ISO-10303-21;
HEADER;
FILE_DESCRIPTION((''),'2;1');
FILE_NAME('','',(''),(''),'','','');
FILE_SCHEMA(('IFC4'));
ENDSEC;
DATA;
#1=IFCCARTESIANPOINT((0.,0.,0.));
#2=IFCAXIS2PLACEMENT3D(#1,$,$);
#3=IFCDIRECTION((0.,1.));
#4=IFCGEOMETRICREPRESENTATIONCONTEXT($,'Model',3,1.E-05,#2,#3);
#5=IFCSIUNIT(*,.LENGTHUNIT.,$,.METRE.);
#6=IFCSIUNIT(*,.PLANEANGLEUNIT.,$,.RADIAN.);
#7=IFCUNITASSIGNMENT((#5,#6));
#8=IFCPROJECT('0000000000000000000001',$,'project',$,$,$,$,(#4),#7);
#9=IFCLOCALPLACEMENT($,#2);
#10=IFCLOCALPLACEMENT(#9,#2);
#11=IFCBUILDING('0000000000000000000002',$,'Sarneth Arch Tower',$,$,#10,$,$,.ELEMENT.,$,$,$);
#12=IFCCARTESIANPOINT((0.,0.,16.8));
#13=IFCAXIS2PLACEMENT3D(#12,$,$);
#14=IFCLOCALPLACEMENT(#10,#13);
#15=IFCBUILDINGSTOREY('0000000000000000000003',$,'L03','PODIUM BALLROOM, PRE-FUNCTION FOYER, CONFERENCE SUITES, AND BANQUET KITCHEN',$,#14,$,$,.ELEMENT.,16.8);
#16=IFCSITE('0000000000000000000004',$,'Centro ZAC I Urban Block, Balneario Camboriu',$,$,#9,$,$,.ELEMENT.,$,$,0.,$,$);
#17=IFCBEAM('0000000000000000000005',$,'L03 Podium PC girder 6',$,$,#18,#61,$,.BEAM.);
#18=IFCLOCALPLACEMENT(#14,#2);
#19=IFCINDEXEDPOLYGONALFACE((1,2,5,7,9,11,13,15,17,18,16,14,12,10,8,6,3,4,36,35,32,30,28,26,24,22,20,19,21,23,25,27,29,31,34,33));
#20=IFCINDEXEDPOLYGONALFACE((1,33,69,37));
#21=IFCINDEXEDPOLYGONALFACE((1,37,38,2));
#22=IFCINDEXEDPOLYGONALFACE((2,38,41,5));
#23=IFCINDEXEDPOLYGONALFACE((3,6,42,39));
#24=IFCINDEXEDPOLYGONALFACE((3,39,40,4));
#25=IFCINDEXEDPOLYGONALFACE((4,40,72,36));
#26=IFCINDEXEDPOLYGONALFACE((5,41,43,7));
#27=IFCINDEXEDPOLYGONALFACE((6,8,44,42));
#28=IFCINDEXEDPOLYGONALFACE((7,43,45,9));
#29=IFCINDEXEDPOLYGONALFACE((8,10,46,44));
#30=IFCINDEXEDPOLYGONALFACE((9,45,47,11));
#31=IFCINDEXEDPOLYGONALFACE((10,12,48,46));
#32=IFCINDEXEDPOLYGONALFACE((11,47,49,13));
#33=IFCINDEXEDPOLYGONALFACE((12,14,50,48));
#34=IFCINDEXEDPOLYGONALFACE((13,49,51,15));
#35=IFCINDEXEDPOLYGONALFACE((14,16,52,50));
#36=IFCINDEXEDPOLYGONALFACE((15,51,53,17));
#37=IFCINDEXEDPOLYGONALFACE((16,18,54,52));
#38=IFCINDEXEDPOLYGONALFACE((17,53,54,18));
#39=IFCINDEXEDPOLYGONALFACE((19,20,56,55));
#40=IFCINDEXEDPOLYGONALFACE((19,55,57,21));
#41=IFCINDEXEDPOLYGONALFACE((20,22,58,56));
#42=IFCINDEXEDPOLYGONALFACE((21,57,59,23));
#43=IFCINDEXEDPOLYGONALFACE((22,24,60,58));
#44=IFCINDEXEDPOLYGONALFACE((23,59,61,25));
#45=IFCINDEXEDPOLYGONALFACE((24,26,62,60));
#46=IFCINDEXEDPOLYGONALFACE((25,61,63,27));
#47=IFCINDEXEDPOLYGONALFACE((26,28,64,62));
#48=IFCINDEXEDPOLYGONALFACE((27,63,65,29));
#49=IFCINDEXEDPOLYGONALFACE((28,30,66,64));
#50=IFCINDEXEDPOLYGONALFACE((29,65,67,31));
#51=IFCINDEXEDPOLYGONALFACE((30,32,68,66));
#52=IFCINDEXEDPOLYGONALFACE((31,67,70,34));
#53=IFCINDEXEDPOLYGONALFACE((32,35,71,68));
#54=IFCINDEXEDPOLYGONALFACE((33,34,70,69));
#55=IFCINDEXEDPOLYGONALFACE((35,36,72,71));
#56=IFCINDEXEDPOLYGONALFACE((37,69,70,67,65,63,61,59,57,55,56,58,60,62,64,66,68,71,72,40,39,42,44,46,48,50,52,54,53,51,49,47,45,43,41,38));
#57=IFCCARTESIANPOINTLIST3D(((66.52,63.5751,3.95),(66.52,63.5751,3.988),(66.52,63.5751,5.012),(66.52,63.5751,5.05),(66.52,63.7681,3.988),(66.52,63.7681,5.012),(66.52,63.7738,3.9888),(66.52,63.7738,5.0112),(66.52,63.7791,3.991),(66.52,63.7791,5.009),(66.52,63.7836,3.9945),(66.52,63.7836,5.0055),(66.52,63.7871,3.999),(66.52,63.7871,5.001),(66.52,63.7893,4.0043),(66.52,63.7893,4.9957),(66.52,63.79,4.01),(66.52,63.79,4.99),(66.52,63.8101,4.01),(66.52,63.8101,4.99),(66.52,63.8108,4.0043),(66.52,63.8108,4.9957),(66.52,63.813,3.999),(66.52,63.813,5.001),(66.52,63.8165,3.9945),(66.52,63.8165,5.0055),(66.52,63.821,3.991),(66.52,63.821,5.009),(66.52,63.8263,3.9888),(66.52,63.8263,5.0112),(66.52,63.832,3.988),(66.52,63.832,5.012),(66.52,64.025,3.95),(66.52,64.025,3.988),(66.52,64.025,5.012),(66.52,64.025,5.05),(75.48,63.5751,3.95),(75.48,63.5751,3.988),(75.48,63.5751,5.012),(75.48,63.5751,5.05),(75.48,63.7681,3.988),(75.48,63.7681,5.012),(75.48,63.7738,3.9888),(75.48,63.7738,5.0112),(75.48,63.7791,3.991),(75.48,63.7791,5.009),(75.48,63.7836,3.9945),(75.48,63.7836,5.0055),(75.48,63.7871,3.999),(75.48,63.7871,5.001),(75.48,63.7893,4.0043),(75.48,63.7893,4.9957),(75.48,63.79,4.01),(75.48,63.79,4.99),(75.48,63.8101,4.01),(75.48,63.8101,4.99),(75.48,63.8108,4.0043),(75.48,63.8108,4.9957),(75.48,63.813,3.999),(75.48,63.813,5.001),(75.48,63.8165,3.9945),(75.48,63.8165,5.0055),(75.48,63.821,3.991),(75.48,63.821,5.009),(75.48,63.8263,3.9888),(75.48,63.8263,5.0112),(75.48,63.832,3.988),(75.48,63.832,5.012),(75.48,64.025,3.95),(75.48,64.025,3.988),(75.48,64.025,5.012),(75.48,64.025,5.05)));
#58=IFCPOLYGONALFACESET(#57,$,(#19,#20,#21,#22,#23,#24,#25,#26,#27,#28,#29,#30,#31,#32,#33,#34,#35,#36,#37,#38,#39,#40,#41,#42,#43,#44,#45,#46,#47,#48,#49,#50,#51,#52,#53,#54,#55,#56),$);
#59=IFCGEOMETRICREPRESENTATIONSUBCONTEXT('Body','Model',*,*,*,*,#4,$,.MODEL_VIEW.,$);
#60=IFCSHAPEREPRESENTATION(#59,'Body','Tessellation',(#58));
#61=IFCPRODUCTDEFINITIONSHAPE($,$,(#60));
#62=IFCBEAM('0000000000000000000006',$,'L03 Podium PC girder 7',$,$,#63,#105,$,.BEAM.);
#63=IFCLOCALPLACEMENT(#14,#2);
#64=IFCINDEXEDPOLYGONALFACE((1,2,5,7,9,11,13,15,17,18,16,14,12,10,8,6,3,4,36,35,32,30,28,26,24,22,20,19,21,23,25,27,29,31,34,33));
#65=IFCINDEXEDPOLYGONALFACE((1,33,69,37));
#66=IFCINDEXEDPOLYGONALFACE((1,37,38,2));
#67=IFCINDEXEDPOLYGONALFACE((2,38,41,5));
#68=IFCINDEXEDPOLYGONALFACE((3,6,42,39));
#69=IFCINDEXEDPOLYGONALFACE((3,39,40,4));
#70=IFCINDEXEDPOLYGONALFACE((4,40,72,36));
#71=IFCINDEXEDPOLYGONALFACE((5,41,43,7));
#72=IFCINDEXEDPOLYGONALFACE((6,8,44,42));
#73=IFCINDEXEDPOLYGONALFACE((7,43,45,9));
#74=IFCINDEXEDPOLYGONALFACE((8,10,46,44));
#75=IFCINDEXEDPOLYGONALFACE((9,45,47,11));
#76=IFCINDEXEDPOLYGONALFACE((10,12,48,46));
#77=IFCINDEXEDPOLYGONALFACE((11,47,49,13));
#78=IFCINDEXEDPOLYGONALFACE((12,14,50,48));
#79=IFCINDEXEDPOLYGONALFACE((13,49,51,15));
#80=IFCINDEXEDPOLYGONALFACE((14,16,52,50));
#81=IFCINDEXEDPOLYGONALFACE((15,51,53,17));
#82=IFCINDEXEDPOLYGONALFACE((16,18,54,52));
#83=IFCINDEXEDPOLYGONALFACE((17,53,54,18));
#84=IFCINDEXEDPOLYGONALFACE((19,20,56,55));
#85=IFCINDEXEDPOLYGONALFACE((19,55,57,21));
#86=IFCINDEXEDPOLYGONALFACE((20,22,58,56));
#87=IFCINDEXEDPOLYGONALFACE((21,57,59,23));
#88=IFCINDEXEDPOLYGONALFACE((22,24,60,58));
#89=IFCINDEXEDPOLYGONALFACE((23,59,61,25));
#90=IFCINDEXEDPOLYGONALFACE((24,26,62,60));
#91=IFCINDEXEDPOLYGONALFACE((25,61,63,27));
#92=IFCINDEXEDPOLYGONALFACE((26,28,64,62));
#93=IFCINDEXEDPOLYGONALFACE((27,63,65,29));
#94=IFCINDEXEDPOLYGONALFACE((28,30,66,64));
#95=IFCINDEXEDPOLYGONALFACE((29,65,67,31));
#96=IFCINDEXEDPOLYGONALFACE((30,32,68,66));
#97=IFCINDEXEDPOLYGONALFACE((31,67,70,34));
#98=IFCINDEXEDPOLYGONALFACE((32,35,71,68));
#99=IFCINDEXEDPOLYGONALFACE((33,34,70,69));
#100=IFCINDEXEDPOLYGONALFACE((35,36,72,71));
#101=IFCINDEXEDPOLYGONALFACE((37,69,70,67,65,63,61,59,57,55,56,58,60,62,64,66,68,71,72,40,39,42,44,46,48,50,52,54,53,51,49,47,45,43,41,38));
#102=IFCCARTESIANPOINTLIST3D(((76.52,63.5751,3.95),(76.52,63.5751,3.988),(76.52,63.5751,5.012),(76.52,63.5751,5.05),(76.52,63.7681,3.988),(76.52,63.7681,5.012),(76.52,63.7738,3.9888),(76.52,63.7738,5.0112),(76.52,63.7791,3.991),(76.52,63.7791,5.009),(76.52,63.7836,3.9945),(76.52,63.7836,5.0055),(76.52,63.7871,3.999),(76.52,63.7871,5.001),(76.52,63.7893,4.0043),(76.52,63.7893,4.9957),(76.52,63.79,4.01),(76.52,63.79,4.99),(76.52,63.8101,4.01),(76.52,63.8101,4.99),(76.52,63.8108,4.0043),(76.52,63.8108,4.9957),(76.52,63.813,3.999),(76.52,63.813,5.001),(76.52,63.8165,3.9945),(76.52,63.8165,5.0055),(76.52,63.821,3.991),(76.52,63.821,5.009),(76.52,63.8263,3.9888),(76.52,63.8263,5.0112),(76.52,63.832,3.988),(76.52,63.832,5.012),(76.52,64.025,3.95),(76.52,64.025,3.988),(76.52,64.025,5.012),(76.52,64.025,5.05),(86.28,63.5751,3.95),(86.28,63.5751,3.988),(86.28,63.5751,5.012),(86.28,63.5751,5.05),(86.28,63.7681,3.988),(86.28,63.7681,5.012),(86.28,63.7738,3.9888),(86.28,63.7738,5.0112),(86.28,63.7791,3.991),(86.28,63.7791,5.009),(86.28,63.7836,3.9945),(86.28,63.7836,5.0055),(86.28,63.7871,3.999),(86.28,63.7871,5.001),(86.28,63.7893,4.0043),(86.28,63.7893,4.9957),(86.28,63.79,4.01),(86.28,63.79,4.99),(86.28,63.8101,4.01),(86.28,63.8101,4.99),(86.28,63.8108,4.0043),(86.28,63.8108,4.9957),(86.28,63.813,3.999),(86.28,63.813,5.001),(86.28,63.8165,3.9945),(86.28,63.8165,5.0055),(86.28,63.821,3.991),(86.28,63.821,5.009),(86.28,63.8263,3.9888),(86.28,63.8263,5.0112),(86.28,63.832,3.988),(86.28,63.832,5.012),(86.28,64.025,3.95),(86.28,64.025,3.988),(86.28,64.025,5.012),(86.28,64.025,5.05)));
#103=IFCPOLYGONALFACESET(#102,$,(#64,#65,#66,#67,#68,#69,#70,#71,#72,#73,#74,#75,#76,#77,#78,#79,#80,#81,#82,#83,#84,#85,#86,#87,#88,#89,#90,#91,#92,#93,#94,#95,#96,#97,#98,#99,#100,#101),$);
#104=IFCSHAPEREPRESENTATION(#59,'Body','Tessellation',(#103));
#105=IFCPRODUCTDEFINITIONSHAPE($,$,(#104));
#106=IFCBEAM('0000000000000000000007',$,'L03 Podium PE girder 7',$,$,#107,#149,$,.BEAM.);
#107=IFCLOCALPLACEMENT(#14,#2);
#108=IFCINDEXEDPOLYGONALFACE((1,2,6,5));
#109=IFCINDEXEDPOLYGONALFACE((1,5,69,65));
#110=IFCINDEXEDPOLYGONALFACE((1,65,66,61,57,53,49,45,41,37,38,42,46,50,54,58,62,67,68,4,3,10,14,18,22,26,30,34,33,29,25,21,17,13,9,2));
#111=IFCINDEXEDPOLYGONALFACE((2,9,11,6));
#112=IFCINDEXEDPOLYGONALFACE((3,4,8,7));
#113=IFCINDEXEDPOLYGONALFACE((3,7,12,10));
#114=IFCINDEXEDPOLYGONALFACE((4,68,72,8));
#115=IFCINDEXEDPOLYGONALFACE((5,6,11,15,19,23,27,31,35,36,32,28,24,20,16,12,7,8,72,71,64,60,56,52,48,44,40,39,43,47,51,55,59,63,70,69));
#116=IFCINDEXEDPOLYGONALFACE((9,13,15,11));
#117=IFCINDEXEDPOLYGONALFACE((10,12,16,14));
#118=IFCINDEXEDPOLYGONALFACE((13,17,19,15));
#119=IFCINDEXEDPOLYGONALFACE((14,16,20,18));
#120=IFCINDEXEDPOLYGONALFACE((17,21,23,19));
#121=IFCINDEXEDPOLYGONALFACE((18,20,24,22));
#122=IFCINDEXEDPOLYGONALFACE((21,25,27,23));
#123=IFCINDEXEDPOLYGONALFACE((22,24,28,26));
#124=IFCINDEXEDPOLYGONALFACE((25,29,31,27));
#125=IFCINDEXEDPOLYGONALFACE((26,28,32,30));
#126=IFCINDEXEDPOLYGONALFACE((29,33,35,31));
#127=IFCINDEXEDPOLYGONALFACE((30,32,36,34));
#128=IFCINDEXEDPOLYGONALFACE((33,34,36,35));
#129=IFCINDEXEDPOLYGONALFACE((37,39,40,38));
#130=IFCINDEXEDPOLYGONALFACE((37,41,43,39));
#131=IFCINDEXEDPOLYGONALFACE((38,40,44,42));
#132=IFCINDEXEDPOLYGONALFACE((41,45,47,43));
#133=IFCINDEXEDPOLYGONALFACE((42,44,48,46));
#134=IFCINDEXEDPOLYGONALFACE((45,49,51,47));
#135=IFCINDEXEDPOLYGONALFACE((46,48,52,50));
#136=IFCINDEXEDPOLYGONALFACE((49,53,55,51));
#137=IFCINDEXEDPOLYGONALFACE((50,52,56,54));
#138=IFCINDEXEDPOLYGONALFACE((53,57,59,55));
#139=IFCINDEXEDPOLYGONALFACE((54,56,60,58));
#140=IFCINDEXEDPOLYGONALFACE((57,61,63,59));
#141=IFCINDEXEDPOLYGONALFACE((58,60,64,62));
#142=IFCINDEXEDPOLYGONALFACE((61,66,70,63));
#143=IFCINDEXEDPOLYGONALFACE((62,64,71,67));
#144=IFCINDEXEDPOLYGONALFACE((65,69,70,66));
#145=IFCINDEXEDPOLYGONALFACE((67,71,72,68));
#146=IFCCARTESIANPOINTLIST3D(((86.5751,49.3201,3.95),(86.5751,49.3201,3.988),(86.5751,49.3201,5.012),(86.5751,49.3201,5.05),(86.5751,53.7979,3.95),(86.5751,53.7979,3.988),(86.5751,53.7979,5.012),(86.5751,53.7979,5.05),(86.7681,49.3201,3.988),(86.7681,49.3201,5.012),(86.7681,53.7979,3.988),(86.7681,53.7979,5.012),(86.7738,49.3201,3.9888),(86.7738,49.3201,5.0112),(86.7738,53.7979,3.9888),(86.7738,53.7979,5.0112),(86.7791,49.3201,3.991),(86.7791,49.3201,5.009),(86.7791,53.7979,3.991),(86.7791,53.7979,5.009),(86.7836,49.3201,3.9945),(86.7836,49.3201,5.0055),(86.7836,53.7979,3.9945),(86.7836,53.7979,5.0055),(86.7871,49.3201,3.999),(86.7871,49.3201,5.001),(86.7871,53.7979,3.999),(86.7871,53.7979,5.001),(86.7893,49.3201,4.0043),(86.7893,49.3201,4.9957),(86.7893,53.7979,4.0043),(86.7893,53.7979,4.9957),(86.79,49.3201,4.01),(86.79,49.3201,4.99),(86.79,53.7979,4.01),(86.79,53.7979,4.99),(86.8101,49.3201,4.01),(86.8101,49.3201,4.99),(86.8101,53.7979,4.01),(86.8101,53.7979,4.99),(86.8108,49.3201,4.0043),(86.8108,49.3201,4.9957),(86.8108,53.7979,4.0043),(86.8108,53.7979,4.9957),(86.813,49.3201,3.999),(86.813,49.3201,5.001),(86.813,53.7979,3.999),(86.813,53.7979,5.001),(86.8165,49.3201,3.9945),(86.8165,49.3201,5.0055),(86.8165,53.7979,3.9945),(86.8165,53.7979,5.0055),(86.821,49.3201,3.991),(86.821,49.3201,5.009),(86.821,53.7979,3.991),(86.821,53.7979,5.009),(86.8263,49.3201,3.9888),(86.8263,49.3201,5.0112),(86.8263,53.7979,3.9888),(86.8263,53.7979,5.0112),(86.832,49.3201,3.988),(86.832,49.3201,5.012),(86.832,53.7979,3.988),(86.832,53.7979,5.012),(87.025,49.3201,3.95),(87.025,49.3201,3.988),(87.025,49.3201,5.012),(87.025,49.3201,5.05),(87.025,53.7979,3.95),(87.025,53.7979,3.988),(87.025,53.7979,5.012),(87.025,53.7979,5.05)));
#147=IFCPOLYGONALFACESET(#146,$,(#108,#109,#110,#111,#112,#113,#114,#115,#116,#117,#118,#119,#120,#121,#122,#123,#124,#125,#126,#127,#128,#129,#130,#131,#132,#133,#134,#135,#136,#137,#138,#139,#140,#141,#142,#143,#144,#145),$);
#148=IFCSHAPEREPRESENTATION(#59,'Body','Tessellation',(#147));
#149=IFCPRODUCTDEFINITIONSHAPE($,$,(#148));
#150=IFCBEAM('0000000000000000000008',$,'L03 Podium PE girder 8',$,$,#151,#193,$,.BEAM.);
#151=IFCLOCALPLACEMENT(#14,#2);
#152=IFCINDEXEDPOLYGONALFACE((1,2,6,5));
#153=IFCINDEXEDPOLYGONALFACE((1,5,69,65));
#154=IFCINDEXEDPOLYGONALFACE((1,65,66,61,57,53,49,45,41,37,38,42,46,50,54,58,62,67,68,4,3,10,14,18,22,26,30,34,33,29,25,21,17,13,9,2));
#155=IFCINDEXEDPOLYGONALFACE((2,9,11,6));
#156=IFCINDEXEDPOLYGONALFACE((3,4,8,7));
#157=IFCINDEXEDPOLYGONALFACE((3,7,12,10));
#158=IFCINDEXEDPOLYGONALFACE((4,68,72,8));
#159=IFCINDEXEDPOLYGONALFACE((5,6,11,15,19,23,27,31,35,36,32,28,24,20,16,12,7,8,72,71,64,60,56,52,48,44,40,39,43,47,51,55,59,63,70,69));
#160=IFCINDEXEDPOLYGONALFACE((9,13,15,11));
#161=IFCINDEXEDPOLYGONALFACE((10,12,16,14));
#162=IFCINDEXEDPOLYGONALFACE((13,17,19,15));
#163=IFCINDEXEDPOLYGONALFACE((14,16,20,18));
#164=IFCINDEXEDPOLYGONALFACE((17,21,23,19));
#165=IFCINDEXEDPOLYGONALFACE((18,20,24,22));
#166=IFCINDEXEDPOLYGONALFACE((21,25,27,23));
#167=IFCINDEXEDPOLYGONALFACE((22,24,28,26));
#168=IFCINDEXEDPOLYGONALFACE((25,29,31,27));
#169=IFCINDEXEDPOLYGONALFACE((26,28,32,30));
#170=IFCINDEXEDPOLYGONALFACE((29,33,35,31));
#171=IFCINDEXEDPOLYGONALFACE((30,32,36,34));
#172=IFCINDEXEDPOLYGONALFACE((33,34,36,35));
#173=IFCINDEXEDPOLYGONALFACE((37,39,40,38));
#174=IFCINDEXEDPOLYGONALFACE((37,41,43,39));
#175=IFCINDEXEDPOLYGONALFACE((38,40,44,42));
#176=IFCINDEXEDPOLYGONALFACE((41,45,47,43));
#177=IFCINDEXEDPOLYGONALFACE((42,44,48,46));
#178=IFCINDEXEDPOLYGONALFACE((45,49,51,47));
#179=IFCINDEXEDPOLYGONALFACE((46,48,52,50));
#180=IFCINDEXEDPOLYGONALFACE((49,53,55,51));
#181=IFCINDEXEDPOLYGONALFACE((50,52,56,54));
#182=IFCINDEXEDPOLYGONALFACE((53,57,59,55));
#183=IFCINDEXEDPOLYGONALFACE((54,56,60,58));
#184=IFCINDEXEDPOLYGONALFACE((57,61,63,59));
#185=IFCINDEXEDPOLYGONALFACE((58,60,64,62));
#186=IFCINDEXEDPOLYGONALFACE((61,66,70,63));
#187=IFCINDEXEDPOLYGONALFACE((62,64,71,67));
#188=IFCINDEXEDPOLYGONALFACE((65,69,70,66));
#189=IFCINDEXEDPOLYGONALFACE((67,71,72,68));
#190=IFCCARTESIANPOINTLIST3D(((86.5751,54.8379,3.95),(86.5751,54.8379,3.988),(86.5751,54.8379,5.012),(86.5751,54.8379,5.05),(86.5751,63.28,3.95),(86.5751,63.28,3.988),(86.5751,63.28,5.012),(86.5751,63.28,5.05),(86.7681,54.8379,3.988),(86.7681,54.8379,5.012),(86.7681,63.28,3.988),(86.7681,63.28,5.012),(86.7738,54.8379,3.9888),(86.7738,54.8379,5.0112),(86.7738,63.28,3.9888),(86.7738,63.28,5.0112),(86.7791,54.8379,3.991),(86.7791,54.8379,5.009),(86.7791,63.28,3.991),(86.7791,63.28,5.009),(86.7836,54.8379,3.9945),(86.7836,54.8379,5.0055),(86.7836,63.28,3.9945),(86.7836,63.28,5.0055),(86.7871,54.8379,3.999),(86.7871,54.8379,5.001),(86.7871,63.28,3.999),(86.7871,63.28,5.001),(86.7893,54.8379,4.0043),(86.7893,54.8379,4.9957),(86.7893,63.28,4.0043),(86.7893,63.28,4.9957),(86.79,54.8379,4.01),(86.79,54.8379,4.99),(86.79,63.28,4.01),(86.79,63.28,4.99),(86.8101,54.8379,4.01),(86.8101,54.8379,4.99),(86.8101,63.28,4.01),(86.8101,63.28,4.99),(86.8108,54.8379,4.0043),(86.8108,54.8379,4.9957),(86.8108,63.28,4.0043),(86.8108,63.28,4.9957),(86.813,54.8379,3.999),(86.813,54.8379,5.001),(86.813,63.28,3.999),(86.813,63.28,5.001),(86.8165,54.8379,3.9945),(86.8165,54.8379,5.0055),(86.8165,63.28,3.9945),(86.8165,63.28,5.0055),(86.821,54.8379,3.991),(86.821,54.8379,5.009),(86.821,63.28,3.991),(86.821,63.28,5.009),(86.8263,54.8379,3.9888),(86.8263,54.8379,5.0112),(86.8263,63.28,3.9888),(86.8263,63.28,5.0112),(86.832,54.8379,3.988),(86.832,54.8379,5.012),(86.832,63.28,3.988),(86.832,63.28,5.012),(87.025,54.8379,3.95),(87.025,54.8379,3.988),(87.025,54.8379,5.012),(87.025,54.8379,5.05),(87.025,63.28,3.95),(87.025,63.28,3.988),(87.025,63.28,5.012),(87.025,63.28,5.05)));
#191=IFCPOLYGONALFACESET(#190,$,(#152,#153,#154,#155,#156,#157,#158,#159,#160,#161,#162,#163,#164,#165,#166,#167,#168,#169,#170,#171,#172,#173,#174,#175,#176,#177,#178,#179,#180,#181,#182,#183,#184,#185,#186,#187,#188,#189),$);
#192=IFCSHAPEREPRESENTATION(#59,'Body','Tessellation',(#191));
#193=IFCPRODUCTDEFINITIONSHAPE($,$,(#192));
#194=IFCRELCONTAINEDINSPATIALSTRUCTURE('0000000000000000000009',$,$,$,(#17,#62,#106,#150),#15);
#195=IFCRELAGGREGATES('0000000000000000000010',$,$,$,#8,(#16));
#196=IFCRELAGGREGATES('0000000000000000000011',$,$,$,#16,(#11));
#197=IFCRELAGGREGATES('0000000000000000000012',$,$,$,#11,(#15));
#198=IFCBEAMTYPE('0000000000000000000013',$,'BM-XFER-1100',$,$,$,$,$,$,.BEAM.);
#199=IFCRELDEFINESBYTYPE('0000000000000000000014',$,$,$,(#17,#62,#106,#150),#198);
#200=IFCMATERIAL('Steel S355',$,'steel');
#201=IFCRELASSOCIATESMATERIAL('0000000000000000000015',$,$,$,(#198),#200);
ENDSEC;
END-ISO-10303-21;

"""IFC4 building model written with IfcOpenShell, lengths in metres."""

from ifc_helpers import new_model, si_unit, direction, frame, origin, origin_2d, place, context, subcontext, project, spatial, i_section, extrude, material, material_profile, profile_set, type_object, element, save


model = new_model("IFC4")

# Units and contexts
model_context = context("Model", 3, precision=1e-05, world=origin(), true_north=direction((0.0, 1.0)))
body_context = subcontext(model_context, "Body", "Model", "MODEL_VIEW")
ifc_project = project(units=[si_unit("LENGTHUNIT", "METRE"), si_unit("PLANEANGLEUNIT", "RADIAN")], contexts=[model_context])

# Site, building, storey
site_placement = place(None, origin())
site = spatial("IfcSite", under=ifc_project, at=site_placement, Name="Centro ZAC I Urban Block, Balneario Camboriu", CompositionType="ELEMENT", RefElevation=0.0)
building_placement = place(site_placement, origin())
building = spatial("IfcBuilding", under=site, at=building_placement, Name="Sarneth Arch Tower", CompositionType="ELEMENT")
storey_placement = place(building_placement, frame((0.0, 0.0, 16.8)))
storey = spatial("IfcBuildingStorey", under=building, at=storey_placement, Name="L03", Description="PODIUM BALLROOM, PRE-FUNCTION FOYER, CONFERENCE SUITES, AND BANQUET KITCHEN", CompositionType="ELEMENT", Elevation=16.8)

# Beams
ifc_material_1 = material(Name="Steel S355", Category="steel")
ifc_material_profile_1 = material_profile(ifc_material_1, i_section(OverallWidth=0.45, OverallDepth=1.1001, WebThickness=0.02, FlangeThickness=0.0381, FilletRadius=0.022, at=origin_2d()), Name="CVS1100x456")
ifc_profile_set_1 = profile_set([ifc_material_profile_1], Name="Steel S355")
beam_type = type_object("IfcBeamType", Name="BM-XFER-1100", PredefinedType="BEAM", material=ifc_profile_set_1)
beam_1_placement = place(storey_placement, frame((66.52, 63.8, 4.5), z_axis=(1.0, 0.0, 0.0), x_axis=(0.0, 1.0, 0.0)))
element("IfcBeam", 1, at=beam_1_placement, inside=storey, type_object=beam_type, Name="L03 Podium PC girder 6", PredefinedType="BEAM", context=body_context, shape_type="SweptSolid", body=[
    extrude(i_section(OverallWidth=0.45, OverallDepth=1.1001, WebThickness=0.02, FlangeThickness=0.0381, FilletRadius=0.022, at=origin_2d()), origin(), (0.0, 0.0, 1.0), 8.96),
])
beam_2_placement = place(storey_placement, frame((76.52, 63.8, 4.5), z_axis=(1.0, 0.0, 0.0), x_axis=(0.0, 1.0, 0.0)))
element("IfcBeam", 2, at=beam_2_placement, inside=storey, type_object=beam_type, Name="L03 Podium PC girder 7", PredefinedType="BEAM", context=body_context, shape_type="SweptSolid", body=[
    extrude(i_section(OverallWidth=0.45, OverallDepth=1.1001, WebThickness=0.02, FlangeThickness=0.0381, FilletRadius=0.022, at=origin_2d()), origin(), (0.0, 0.0, 1.0), 9.76),
])
beam_3_placement = place(storey_placement, frame((86.8, 49.3201, 4.5), z_axis=(0.0, 1.0, 0.0), x_axis=(-1.0, 0.0, 0.0)))
element("IfcBeam", 3, at=beam_3_placement, inside=storey, type_object=beam_type, Name="L03 Podium PE girder 7", PredefinedType="BEAM", context=body_context, shape_type="SweptSolid", body=[
    extrude(i_section(OverallWidth=0.45, OverallDepth=1.1001, WebThickness=0.02, FlangeThickness=0.0381, FilletRadius=0.022, at=origin_2d()), origin(), (0.0, 0.0, 1.0), 4.4778),
])
beam_4_placement = place(storey_placement, frame((86.8, 54.8379, 4.5), z_axis=(0.0, 1.0, 0.0), x_axis=(-1.0, 0.0, 0.0)))
element("IfcBeam", 4, at=beam_4_placement, inside=storey, type_object=beam_type, Name="L03 Podium PE girder 8", PredefinedType="BEAM", context=body_context, shape_type="SweptSolid", body=[
    extrude(i_section(OverallWidth=0.45, OverallDepth=1.1001, WebThickness=0.02, FlangeThickness=0.0381, FilletRadius=0.022, at=origin_2d()), origin(), (0.0, 0.0, 1.0), 8.4421),
])

save(model, "model.ifc")
